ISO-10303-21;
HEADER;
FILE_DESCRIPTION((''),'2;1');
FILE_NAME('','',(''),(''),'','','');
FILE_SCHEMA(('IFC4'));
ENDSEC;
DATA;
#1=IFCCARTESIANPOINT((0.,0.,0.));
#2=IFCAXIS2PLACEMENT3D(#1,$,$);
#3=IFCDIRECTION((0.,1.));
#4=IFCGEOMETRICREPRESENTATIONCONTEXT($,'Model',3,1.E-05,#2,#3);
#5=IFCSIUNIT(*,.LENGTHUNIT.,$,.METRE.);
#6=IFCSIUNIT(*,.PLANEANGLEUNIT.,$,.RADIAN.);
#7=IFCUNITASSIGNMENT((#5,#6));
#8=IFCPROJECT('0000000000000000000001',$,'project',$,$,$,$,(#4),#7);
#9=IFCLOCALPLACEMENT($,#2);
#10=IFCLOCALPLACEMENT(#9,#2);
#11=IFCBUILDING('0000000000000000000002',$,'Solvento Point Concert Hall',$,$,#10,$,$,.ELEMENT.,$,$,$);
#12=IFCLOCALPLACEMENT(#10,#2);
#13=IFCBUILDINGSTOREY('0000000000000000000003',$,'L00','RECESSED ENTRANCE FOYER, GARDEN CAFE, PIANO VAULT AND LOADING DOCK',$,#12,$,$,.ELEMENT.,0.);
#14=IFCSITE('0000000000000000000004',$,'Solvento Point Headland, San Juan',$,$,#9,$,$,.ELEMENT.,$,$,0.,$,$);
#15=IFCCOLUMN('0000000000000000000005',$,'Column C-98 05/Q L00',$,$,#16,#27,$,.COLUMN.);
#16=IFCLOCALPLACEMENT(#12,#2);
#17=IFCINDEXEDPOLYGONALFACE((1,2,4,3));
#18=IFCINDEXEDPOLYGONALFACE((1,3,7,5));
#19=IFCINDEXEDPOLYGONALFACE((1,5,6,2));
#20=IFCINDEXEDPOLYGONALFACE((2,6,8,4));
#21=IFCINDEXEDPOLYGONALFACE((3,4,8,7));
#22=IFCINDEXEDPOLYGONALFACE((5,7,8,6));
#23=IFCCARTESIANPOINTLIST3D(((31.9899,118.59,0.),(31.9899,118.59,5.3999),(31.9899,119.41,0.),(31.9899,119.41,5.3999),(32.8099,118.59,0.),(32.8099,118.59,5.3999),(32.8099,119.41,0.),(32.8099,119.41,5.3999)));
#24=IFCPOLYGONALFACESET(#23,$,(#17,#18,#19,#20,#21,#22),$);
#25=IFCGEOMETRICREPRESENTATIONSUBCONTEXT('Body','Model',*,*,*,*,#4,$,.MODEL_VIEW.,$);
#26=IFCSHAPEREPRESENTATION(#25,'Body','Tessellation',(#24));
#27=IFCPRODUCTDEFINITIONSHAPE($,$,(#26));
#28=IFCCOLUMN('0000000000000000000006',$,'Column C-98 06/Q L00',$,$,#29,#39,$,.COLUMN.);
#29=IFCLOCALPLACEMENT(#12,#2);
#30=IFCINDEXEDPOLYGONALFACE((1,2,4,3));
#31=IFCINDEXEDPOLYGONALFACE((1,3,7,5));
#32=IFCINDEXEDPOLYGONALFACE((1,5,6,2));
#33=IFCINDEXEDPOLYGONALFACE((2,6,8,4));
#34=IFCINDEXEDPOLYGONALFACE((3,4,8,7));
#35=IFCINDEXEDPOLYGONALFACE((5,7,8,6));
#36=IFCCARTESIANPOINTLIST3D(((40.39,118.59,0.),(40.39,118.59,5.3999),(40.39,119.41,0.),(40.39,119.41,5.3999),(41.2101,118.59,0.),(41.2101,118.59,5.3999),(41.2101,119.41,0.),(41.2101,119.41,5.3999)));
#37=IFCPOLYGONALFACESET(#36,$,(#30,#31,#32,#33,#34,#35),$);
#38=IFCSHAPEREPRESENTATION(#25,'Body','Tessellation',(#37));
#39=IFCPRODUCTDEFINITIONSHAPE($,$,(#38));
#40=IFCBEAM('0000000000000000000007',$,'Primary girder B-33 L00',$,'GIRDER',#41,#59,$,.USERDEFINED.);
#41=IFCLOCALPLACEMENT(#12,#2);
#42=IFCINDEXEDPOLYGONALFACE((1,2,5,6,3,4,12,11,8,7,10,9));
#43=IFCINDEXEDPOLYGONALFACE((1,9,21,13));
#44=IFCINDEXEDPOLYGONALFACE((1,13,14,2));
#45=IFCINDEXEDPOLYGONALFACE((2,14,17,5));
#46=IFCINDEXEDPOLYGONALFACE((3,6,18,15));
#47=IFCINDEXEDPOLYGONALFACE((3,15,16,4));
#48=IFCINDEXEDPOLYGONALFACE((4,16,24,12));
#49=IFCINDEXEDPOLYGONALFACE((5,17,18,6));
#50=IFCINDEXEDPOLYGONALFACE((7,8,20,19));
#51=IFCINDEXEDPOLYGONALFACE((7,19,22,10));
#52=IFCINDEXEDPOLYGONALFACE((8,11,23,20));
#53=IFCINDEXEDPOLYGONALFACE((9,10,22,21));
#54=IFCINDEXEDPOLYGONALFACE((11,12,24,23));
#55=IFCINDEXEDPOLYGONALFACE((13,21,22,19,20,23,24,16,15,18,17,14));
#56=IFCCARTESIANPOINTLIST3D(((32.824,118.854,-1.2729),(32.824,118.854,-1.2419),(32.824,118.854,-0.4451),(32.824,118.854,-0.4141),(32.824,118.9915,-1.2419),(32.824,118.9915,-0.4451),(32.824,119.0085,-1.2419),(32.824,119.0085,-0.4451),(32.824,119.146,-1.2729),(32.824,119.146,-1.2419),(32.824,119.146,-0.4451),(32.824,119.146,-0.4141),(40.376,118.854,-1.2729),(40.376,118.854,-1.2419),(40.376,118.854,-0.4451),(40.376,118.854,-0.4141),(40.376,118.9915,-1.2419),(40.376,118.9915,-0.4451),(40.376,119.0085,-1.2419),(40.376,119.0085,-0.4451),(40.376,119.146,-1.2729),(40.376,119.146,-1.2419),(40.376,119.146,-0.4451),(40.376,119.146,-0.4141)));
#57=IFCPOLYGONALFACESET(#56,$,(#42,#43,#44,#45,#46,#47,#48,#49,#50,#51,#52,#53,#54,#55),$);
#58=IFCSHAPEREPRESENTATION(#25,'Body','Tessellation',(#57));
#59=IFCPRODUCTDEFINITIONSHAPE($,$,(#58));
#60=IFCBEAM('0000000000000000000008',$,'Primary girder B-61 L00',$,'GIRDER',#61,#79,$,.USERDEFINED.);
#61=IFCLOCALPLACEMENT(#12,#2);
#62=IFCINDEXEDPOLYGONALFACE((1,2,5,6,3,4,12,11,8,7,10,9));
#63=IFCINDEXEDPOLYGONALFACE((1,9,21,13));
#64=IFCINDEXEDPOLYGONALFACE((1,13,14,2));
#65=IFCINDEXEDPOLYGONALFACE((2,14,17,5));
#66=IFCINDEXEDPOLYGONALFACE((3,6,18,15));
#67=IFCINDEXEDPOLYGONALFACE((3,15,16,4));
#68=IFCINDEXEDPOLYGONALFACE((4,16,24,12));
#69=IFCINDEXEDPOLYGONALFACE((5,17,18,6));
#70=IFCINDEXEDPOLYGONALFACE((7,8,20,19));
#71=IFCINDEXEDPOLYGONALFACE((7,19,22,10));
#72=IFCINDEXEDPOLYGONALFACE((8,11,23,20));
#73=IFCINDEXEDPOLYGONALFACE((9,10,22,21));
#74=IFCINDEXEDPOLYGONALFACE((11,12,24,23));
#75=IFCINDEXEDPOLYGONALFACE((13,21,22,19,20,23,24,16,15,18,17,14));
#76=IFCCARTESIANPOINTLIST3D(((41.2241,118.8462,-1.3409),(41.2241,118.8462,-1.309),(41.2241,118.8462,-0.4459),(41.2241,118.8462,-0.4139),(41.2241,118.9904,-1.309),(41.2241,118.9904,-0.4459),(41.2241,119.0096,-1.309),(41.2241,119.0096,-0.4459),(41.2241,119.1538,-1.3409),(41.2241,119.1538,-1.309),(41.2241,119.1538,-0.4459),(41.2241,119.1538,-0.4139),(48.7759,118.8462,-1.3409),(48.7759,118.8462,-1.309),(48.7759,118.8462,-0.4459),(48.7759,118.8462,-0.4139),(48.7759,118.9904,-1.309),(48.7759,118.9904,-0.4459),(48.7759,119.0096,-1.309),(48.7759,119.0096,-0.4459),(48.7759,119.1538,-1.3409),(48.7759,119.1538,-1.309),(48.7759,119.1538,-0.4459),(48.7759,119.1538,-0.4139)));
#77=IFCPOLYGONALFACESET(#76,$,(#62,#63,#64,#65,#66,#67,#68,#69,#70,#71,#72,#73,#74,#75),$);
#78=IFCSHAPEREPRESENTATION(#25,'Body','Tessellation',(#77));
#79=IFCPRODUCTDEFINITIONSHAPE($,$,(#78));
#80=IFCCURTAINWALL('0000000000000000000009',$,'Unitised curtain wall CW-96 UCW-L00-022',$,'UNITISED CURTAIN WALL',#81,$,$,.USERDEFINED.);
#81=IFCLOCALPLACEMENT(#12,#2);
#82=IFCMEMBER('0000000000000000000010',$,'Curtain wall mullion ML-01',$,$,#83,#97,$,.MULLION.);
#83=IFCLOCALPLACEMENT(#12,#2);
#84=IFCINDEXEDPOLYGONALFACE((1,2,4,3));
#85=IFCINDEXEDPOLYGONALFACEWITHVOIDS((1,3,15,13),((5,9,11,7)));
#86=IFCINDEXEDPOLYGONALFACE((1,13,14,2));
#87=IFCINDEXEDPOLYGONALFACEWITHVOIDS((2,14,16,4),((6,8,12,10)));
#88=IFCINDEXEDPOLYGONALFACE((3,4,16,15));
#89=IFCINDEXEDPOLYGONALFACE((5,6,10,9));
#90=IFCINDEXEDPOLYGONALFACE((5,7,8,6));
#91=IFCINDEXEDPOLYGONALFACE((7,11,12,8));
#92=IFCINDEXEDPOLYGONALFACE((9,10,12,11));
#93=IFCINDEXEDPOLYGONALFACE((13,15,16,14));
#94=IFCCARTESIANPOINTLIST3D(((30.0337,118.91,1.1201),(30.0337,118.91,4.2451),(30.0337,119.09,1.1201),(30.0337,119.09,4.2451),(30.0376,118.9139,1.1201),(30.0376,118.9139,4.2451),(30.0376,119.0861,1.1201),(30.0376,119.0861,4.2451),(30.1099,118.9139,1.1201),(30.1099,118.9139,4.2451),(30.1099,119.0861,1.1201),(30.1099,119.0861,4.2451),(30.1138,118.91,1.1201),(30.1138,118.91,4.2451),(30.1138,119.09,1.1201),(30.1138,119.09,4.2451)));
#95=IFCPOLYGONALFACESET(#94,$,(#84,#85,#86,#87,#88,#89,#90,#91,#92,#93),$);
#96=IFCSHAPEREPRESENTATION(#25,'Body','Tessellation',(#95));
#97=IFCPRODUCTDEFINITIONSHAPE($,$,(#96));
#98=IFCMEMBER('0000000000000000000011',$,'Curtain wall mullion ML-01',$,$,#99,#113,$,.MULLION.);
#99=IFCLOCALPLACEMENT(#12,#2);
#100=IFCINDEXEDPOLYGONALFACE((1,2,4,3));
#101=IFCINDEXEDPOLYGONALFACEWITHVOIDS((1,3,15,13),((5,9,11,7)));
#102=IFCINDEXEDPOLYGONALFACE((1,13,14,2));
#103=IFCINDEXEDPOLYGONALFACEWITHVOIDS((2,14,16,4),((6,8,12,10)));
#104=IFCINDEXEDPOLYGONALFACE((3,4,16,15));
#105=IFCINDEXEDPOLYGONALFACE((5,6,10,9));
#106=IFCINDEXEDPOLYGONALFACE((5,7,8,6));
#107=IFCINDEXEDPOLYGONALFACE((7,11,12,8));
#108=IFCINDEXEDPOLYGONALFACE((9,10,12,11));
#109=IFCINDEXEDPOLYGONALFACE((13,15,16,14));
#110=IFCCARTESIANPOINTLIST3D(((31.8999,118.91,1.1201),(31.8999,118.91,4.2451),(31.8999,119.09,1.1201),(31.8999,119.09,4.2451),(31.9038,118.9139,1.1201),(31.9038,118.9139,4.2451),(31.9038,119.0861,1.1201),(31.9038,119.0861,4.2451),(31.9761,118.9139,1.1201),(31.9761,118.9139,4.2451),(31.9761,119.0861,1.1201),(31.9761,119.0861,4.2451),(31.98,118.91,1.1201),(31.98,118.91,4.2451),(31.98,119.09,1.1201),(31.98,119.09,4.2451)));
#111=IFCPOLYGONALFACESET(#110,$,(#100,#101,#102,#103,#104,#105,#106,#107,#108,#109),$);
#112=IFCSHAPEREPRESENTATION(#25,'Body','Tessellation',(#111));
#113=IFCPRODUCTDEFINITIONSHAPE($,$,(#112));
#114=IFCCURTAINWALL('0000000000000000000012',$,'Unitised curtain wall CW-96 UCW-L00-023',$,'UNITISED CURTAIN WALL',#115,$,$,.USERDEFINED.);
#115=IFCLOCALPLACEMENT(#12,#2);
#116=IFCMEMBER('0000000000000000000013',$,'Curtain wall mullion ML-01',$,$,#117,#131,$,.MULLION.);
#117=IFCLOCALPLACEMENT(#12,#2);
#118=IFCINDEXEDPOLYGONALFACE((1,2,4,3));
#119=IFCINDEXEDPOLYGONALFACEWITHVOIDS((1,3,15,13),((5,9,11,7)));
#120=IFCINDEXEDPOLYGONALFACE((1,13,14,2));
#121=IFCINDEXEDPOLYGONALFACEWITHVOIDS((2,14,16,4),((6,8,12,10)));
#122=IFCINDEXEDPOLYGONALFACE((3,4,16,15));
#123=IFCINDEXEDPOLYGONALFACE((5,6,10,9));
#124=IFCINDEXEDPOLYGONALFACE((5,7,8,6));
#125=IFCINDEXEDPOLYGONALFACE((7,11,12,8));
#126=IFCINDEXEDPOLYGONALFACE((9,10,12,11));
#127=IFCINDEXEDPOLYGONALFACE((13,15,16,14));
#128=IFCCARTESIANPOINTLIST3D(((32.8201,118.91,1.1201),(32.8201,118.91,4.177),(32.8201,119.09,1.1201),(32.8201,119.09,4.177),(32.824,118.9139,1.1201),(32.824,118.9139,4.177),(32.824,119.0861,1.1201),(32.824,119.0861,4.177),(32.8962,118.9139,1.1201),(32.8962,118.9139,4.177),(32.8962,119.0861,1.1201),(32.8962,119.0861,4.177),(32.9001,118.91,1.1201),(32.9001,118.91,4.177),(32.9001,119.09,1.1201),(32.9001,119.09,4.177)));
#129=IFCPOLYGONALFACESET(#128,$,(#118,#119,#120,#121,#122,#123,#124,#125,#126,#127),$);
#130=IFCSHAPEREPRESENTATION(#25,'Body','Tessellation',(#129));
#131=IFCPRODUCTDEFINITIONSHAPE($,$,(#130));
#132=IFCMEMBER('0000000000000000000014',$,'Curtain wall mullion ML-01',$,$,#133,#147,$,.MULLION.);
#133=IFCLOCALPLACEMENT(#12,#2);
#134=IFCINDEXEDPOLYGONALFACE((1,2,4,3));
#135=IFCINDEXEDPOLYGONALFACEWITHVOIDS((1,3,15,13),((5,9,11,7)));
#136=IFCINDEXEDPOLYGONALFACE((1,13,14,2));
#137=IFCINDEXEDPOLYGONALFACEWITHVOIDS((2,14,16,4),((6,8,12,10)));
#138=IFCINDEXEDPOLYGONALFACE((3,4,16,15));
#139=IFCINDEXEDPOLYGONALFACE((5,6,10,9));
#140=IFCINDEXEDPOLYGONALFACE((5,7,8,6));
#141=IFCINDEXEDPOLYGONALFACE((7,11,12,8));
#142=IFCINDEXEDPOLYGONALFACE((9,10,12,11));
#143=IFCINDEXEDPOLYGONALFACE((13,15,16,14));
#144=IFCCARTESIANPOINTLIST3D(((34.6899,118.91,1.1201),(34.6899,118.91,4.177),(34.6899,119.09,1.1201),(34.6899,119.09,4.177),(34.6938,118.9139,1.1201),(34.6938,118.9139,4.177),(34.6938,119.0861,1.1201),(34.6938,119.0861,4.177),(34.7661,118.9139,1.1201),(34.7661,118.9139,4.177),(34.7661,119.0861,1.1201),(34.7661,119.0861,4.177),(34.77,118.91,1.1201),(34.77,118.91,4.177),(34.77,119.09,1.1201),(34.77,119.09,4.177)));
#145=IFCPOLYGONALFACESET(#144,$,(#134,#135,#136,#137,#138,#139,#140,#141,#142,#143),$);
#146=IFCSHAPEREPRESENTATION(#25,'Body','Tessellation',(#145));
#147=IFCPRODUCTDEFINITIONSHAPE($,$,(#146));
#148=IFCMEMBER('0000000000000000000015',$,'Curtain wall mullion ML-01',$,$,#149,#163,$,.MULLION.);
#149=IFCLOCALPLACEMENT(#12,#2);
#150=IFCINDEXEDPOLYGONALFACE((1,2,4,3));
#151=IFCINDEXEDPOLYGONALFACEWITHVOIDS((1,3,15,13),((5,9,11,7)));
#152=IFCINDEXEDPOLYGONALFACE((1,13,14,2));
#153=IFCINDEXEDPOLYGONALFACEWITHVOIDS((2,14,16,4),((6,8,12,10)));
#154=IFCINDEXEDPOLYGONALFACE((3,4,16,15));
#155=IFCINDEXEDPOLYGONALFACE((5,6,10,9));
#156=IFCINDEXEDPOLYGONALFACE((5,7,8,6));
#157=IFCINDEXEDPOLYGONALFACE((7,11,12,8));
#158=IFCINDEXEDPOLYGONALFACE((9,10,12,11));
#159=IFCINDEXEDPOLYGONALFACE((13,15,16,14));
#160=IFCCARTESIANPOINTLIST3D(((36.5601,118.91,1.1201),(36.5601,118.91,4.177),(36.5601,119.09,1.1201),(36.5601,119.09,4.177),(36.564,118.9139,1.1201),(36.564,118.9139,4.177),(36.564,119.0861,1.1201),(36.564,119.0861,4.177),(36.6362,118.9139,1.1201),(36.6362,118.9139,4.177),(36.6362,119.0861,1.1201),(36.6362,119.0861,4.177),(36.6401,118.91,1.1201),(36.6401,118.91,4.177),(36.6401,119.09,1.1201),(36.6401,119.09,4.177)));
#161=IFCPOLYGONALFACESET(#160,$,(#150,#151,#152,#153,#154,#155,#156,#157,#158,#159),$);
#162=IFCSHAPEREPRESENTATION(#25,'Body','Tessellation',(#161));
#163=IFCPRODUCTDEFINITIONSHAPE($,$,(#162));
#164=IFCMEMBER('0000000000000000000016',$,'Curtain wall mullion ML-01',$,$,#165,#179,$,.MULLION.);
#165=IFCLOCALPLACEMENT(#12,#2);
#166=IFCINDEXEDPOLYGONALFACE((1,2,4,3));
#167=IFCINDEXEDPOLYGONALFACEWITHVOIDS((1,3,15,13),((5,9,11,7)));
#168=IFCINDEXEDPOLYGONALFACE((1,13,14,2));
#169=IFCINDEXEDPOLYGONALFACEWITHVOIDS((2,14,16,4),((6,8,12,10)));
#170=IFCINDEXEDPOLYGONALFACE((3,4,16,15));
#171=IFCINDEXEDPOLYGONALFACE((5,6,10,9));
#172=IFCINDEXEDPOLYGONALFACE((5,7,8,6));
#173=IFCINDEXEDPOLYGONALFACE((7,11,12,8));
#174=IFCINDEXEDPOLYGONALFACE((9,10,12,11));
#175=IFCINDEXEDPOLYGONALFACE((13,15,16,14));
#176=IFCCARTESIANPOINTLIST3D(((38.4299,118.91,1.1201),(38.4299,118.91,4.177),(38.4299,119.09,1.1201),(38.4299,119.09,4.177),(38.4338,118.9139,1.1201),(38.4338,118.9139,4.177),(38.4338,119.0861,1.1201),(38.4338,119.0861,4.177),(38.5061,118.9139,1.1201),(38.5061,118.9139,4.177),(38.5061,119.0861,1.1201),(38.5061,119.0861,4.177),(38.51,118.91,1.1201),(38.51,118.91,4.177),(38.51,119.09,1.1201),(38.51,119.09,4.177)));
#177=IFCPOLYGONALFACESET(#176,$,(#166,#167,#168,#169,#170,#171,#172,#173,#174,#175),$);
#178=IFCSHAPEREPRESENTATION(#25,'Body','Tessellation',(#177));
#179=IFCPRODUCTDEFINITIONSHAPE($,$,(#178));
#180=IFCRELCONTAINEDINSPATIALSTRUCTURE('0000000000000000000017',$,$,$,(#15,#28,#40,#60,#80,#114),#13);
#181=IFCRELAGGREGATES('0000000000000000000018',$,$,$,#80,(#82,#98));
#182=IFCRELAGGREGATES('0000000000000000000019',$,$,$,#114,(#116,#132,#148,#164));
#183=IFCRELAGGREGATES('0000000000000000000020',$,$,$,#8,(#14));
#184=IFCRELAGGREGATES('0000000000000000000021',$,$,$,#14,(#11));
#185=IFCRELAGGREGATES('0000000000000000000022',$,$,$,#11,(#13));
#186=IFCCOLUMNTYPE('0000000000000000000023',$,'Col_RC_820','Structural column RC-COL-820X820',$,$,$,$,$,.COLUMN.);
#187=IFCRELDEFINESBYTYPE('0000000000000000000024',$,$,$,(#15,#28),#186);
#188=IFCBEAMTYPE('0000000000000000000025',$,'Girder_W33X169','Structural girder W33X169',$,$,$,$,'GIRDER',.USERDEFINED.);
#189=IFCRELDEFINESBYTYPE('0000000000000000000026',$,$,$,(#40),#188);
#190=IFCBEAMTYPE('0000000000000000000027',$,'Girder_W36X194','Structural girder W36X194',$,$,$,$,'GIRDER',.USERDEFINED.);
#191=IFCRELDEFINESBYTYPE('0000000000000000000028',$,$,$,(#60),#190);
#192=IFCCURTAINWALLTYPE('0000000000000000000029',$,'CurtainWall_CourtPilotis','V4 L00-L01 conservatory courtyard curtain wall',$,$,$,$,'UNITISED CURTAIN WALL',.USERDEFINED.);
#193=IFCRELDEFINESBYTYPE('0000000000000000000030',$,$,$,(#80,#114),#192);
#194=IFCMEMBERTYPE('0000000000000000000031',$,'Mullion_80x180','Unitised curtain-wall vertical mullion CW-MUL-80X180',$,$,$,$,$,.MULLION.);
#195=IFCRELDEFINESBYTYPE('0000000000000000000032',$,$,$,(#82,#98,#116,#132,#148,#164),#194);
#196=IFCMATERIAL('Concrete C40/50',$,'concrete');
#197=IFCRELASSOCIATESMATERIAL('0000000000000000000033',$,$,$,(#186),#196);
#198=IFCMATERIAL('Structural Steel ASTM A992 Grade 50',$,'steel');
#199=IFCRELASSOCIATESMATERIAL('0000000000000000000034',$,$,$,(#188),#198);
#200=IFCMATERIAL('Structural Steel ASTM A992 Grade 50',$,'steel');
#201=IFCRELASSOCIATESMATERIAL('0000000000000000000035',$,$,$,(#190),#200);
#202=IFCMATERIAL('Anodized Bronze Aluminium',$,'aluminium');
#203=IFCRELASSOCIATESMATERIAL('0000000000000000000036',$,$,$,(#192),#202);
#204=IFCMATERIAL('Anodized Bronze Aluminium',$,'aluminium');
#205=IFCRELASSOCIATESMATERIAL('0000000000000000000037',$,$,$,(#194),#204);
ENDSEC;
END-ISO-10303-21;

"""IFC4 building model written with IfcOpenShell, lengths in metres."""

from ifc_helpers import new_model, si_unit, direction, frame, origin, origin_2d, place, context, subcontext, project, spatial, rectangle, hollow_rectangle, i_section, extrude, material, material_profile, profile_set, type_object, element, aggregate, save


model = new_model("IFC4")

# Units and contexts
model_context = context("Model", 3, precision=1e-05, world=origin(), true_north=direction((0.0, 1.0)))
body_context = subcontext(model_context, "Body", "Model", "MODEL_VIEW")
ifc_project = project(units=[si_unit("LENGTHUNIT", "METRE"), si_unit("PLANEANGLEUNIT", "RADIAN")], contexts=[model_context])

# Site, building, storey
site_placement = place(None, origin())
site = spatial("IfcSite", under=ifc_project, at=site_placement, Name="Solvento Point Headland, San Juan", CompositionType="ELEMENT", RefElevation=0.0)
building_placement = place(site_placement, origin())
building = spatial("IfcBuilding", under=site, at=building_placement, Name="Solvento Point Concert Hall", CompositionType="ELEMENT")
storey_placement = place(building_placement, origin())
storey = spatial("IfcBuildingStorey", under=building, at=storey_placement, Name="L00", Description="RECESSED ENTRANCE FOYER, GARDEN CAFE, PIANO VAULT AND LOADING DOCK", CompositionType="ELEMENT", Elevation=0.0)

# Columns
ifc_material_1 = material(Name="Concrete C40/50", Category="concrete")
ifc_material_profile_1 = material_profile(ifc_material_1, rectangle(XDim=0.8201, YDim=0.8201, at=origin_2d()), Name="RC-COL-820X820")
ifc_profile_set_1 = profile_set([ifc_material_profile_1], Name="Concrete C40/50")
column_type = type_object("IfcColumnType", Name="Col_RC_820", Description="Structural column RC-COL-820X820", PredefinedType="COLUMN", material=ifc_profile_set_1)
for number, where, z_axis, x_axis, name in (
    (1, (32.3999, 119.0, 0.0), (0.0, 0.0, 1.0), (1.0, 0.0, 0.0), "Column C-98 05/Q L00"),
    (2, (40.8, 119.0, 0.0), (0.0, 0.0, 1.0), (1.0, 0.0, 0.0), "Column C-98 06/Q L00"),
):
    element("IfcColumn", number, at=place(storey_placement, frame(where, z_axis=z_axis, x_axis=x_axis)), inside=storey, type_object=column_type, Name=name, PredefinedType="COLUMN", context=body_context, shape_type="SweptSolid", body=[
        extrude(rectangle(XDim=0.8201, YDim=0.8201, at=origin_2d()), origin(), (0.0, 0.0, 1.0), 5.3999),
    ])

# Beams
ifc_material_2 = material(Name="Structural Steel ASTM A992 Grade 50", Category="steel")
ifc_material_profile_2 = material_profile(ifc_material_2, i_section(OverallWidth=0.292, OverallDepth=0.8589, WebThickness=0.0171, FlangeThickness=0.031, at=origin_2d()), Name="W33X169")
ifc_profile_set_2 = profile_set([ifc_material_profile_2], Name="Structural Steel ASTM A992 Grade 50")
beam_type_1 = type_object("IfcBeamType", Name="Girder_W33X169", Description="Structural girder W33X169", ElementType="GIRDER", PredefinedType="USERDEFINED", material=ifc_profile_set_2)
beam_1_placement = place(storey_placement, frame((32.824, 119.0, -0.8435), z_axis=(1.0, 0.0, 0.0), x_axis=(0.0, 1.0, 0.0)))
element("IfcBeam", 3, at=beam_1_placement, inside=storey, type_object=beam_type_1, Name="Primary girder B-33 L00", ObjectType="GIRDER", PredefinedType="USERDEFINED", context=body_context, shape_type="SweptSolid", body=[
    extrude(i_section(OverallWidth=0.292, OverallDepth=0.8589, WebThickness=0.0171, FlangeThickness=0.031, at=origin_2d()), origin(), (0.0, 0.0, 1.0), 7.552),
])
ifc_material_3 = material(Name="Structural Steel ASTM A992 Grade 50", Category="steel")
ifc_material_profile_3 = material_profile(ifc_material_3, i_section(OverallWidth=0.3076, OverallDepth=0.927, WebThickness=0.0193, FlangeThickness=0.032, at=origin_2d()), Name="W36X194")
ifc_profile_set_3 = profile_set([ifc_material_profile_3], Name="Structural Steel ASTM A992 Grade 50")
beam_type_2 = type_object("IfcBeamType", Name="Girder_W36X194", Description="Structural girder W36X194", ElementType="GIRDER", PredefinedType="USERDEFINED", material=ifc_profile_set_3)
beam_2_placement = place(storey_placement, frame((41.2241, 119.0, -0.8774), z_axis=(1.0, 0.0, 0.0), x_axis=(0.0, 1.0, 0.0)))
element("IfcBeam", 4, at=beam_2_placement, inside=storey, type_object=beam_type_2, Name="Primary girder B-61 L00", ObjectType="GIRDER", PredefinedType="USERDEFINED", context=body_context, shape_type="SweptSolid", body=[
    extrude(i_section(OverallWidth=0.3076, OverallDepth=0.927, WebThickness=0.0193, FlangeThickness=0.032, at=origin_2d()), origin(), (0.0, 0.0, 1.0), 7.5518),
])

# Curtain walls, members
ifc_material_4 = material(Name="Anodized Bronze Aluminium", Category="aluminium")
curtain_wall_type = type_object("IfcCurtainWallType", Name="CurtainWall_CourtPilotis", Description="V4 L00-L01 conservatory courtyard curtain wall", ElementType="UNITISED CURTAIN WALL", PredefinedType="USERDEFINED", material=ifc_material_4)
curtain_wall_1_placement = place(storey_placement, origin())
curtain_wall_1 = element("IfcCurtainWall", 5, at=curtain_wall_1_placement, inside=storey, type_object=curtain_wall_type, Name="Unitised curtain wall CW-96 UCW-L00-022", ObjectType="UNITISED CURTAIN WALL", PredefinedType="USERDEFINED")
ifc_material_5 = material(Name="Anodized Bronze Aluminium", Category="aluminium")
ifc_material_profile_4 = material_profile(ifc_material_5, hollow_rectangle(XDim=0.0801, YDim=0.1799, WallThickness=0.0039, at=origin_2d()), Name="CW-MUL-80X180")
ifc_profile_set_4 = profile_set([ifc_material_profile_4], Name="Anodized Bronze Aluminium")
member_type_1 = type_object("IfcMemberType", Name="Mullion_80x180", Description="Unitised curtain-wall vertical mullion CW-MUL-80X180", PredefinedType="MULLION", material=ifc_profile_set_4)
member_1_placement = place(storey_placement, frame((30.0737, 119.0, 1.1201), z_axis=(0.0, 0.0, 1.0), x_axis=(1.0, 0.0, 0.0)))
member_1 = element("IfcMember", 6, at=member_1_placement, type_object=member_type_1, Name="Curtain wall mullion ML-01", PredefinedType="MULLION", context=body_context, shape_type="SweptSolid", body=[
    extrude(hollow_rectangle(XDim=0.0801, YDim=0.1799, WallThickness=0.0039, at=origin_2d()), origin(), (0.0, 0.0, 1.0), 3.125),
])
member_2_placement = place(storey_placement, frame((31.9399, 119.0, 1.1201), z_axis=(0.0, 0.0, 1.0), x_axis=(1.0, 0.0, 0.0)))
member_2 = element("IfcMember", 7, at=member_2_placement, type_object=member_type_1, Name="Curtain wall mullion ML-01", PredefinedType="MULLION", context=body_context, shape_type="SweptSolid", body=[
    extrude(hollow_rectangle(XDim=0.0801, YDim=0.1799, WallThickness=0.0039, at=origin_2d()), origin(), (0.0, 0.0, 1.0), 3.125),
])
curtain_wall_2_placement = place(storey_placement, origin())
curtain_wall_2 = element("IfcCurtainWall", 8, at=curtain_wall_2_placement, inside=storey, type_object=curtain_wall_type, Name="Unitised curtain wall CW-96 UCW-L00-023", ObjectType="UNITISED CURTAIN WALL", PredefinedType="USERDEFINED")
member_3_placement = place(storey_placement, frame((32.8601, 119.0, 1.1201), z_axis=(0.0, 0.0, 1.0), x_axis=(1.0, 0.0, 0.0)))
member_3 = element("IfcMember", 9, at=member_3_placement, type_object=member_type_1, Name="Curtain wall mullion ML-01", PredefinedType="MULLION", context=body_context, shape_type="SweptSolid", body=[
    extrude(hollow_rectangle(XDim=0.0801, YDim=0.1799, WallThickness=0.0039, at=origin_2d()), origin(), (0.0, 0.0, 1.0), 3.0569),
])
member_4_placement = place(storey_placement, frame((34.73, 119.0, 1.1201), z_axis=(0.0, 0.0, 1.0), x_axis=(1.0, 0.0, 0.0)))
member_4 = element("IfcMember", 10, at=member_4_placement, type_object=member_type_1, Name="Curtain wall mullion ML-01", PredefinedType="MULLION", context=body_context, shape_type="SweptSolid", body=[
    extrude(hollow_rectangle(XDim=0.0801, YDim=0.1799, WallThickness=0.0039, at=origin_2d()), origin(), (0.0, 0.0, 1.0), 3.0569),
])
member_5_placement = place(storey_placement, frame((36.6001, 119.0, 1.1201), z_axis=(0.0, 0.0, 1.0), x_axis=(1.0, 0.0, 0.0)))
member_5 = element("IfcMember", 11, at=member_5_placement, type_object=member_type_1, Name="Curtain wall mullion ML-01", PredefinedType="MULLION", context=body_context, shape_type="SweptSolid", body=[
    extrude(hollow_rectangle(XDim=0.0801, YDim=0.1799, WallThickness=0.0039, at=origin_2d()), origin(), (0.0, 0.0, 1.0), 3.0569),
])
member_6_placement = place(storey_placement, frame((38.47, 119.0, 1.1201), z_axis=(0.0, 0.0, 1.0), x_axis=(1.0, 0.0, 0.0)))
member_6 = element("IfcMember", 12, at=member_6_placement, type_object=member_type_1, Name="Curtain wall mullion ML-01", PredefinedType="MULLION", context=body_context, shape_type="SweptSolid", body=[
    extrude(hollow_rectangle(XDim=0.0801, YDim=0.1799, WallThickness=0.0039, at=origin_2d()), origin(), (0.0, 0.0, 1.0), 3.0569),
])

aggregate(curtain_wall_1, [member_1, member_2])
aggregate(curtain_wall_2, [member_3, member_4, member_5, member_6])

save(model, "model.ifc")
